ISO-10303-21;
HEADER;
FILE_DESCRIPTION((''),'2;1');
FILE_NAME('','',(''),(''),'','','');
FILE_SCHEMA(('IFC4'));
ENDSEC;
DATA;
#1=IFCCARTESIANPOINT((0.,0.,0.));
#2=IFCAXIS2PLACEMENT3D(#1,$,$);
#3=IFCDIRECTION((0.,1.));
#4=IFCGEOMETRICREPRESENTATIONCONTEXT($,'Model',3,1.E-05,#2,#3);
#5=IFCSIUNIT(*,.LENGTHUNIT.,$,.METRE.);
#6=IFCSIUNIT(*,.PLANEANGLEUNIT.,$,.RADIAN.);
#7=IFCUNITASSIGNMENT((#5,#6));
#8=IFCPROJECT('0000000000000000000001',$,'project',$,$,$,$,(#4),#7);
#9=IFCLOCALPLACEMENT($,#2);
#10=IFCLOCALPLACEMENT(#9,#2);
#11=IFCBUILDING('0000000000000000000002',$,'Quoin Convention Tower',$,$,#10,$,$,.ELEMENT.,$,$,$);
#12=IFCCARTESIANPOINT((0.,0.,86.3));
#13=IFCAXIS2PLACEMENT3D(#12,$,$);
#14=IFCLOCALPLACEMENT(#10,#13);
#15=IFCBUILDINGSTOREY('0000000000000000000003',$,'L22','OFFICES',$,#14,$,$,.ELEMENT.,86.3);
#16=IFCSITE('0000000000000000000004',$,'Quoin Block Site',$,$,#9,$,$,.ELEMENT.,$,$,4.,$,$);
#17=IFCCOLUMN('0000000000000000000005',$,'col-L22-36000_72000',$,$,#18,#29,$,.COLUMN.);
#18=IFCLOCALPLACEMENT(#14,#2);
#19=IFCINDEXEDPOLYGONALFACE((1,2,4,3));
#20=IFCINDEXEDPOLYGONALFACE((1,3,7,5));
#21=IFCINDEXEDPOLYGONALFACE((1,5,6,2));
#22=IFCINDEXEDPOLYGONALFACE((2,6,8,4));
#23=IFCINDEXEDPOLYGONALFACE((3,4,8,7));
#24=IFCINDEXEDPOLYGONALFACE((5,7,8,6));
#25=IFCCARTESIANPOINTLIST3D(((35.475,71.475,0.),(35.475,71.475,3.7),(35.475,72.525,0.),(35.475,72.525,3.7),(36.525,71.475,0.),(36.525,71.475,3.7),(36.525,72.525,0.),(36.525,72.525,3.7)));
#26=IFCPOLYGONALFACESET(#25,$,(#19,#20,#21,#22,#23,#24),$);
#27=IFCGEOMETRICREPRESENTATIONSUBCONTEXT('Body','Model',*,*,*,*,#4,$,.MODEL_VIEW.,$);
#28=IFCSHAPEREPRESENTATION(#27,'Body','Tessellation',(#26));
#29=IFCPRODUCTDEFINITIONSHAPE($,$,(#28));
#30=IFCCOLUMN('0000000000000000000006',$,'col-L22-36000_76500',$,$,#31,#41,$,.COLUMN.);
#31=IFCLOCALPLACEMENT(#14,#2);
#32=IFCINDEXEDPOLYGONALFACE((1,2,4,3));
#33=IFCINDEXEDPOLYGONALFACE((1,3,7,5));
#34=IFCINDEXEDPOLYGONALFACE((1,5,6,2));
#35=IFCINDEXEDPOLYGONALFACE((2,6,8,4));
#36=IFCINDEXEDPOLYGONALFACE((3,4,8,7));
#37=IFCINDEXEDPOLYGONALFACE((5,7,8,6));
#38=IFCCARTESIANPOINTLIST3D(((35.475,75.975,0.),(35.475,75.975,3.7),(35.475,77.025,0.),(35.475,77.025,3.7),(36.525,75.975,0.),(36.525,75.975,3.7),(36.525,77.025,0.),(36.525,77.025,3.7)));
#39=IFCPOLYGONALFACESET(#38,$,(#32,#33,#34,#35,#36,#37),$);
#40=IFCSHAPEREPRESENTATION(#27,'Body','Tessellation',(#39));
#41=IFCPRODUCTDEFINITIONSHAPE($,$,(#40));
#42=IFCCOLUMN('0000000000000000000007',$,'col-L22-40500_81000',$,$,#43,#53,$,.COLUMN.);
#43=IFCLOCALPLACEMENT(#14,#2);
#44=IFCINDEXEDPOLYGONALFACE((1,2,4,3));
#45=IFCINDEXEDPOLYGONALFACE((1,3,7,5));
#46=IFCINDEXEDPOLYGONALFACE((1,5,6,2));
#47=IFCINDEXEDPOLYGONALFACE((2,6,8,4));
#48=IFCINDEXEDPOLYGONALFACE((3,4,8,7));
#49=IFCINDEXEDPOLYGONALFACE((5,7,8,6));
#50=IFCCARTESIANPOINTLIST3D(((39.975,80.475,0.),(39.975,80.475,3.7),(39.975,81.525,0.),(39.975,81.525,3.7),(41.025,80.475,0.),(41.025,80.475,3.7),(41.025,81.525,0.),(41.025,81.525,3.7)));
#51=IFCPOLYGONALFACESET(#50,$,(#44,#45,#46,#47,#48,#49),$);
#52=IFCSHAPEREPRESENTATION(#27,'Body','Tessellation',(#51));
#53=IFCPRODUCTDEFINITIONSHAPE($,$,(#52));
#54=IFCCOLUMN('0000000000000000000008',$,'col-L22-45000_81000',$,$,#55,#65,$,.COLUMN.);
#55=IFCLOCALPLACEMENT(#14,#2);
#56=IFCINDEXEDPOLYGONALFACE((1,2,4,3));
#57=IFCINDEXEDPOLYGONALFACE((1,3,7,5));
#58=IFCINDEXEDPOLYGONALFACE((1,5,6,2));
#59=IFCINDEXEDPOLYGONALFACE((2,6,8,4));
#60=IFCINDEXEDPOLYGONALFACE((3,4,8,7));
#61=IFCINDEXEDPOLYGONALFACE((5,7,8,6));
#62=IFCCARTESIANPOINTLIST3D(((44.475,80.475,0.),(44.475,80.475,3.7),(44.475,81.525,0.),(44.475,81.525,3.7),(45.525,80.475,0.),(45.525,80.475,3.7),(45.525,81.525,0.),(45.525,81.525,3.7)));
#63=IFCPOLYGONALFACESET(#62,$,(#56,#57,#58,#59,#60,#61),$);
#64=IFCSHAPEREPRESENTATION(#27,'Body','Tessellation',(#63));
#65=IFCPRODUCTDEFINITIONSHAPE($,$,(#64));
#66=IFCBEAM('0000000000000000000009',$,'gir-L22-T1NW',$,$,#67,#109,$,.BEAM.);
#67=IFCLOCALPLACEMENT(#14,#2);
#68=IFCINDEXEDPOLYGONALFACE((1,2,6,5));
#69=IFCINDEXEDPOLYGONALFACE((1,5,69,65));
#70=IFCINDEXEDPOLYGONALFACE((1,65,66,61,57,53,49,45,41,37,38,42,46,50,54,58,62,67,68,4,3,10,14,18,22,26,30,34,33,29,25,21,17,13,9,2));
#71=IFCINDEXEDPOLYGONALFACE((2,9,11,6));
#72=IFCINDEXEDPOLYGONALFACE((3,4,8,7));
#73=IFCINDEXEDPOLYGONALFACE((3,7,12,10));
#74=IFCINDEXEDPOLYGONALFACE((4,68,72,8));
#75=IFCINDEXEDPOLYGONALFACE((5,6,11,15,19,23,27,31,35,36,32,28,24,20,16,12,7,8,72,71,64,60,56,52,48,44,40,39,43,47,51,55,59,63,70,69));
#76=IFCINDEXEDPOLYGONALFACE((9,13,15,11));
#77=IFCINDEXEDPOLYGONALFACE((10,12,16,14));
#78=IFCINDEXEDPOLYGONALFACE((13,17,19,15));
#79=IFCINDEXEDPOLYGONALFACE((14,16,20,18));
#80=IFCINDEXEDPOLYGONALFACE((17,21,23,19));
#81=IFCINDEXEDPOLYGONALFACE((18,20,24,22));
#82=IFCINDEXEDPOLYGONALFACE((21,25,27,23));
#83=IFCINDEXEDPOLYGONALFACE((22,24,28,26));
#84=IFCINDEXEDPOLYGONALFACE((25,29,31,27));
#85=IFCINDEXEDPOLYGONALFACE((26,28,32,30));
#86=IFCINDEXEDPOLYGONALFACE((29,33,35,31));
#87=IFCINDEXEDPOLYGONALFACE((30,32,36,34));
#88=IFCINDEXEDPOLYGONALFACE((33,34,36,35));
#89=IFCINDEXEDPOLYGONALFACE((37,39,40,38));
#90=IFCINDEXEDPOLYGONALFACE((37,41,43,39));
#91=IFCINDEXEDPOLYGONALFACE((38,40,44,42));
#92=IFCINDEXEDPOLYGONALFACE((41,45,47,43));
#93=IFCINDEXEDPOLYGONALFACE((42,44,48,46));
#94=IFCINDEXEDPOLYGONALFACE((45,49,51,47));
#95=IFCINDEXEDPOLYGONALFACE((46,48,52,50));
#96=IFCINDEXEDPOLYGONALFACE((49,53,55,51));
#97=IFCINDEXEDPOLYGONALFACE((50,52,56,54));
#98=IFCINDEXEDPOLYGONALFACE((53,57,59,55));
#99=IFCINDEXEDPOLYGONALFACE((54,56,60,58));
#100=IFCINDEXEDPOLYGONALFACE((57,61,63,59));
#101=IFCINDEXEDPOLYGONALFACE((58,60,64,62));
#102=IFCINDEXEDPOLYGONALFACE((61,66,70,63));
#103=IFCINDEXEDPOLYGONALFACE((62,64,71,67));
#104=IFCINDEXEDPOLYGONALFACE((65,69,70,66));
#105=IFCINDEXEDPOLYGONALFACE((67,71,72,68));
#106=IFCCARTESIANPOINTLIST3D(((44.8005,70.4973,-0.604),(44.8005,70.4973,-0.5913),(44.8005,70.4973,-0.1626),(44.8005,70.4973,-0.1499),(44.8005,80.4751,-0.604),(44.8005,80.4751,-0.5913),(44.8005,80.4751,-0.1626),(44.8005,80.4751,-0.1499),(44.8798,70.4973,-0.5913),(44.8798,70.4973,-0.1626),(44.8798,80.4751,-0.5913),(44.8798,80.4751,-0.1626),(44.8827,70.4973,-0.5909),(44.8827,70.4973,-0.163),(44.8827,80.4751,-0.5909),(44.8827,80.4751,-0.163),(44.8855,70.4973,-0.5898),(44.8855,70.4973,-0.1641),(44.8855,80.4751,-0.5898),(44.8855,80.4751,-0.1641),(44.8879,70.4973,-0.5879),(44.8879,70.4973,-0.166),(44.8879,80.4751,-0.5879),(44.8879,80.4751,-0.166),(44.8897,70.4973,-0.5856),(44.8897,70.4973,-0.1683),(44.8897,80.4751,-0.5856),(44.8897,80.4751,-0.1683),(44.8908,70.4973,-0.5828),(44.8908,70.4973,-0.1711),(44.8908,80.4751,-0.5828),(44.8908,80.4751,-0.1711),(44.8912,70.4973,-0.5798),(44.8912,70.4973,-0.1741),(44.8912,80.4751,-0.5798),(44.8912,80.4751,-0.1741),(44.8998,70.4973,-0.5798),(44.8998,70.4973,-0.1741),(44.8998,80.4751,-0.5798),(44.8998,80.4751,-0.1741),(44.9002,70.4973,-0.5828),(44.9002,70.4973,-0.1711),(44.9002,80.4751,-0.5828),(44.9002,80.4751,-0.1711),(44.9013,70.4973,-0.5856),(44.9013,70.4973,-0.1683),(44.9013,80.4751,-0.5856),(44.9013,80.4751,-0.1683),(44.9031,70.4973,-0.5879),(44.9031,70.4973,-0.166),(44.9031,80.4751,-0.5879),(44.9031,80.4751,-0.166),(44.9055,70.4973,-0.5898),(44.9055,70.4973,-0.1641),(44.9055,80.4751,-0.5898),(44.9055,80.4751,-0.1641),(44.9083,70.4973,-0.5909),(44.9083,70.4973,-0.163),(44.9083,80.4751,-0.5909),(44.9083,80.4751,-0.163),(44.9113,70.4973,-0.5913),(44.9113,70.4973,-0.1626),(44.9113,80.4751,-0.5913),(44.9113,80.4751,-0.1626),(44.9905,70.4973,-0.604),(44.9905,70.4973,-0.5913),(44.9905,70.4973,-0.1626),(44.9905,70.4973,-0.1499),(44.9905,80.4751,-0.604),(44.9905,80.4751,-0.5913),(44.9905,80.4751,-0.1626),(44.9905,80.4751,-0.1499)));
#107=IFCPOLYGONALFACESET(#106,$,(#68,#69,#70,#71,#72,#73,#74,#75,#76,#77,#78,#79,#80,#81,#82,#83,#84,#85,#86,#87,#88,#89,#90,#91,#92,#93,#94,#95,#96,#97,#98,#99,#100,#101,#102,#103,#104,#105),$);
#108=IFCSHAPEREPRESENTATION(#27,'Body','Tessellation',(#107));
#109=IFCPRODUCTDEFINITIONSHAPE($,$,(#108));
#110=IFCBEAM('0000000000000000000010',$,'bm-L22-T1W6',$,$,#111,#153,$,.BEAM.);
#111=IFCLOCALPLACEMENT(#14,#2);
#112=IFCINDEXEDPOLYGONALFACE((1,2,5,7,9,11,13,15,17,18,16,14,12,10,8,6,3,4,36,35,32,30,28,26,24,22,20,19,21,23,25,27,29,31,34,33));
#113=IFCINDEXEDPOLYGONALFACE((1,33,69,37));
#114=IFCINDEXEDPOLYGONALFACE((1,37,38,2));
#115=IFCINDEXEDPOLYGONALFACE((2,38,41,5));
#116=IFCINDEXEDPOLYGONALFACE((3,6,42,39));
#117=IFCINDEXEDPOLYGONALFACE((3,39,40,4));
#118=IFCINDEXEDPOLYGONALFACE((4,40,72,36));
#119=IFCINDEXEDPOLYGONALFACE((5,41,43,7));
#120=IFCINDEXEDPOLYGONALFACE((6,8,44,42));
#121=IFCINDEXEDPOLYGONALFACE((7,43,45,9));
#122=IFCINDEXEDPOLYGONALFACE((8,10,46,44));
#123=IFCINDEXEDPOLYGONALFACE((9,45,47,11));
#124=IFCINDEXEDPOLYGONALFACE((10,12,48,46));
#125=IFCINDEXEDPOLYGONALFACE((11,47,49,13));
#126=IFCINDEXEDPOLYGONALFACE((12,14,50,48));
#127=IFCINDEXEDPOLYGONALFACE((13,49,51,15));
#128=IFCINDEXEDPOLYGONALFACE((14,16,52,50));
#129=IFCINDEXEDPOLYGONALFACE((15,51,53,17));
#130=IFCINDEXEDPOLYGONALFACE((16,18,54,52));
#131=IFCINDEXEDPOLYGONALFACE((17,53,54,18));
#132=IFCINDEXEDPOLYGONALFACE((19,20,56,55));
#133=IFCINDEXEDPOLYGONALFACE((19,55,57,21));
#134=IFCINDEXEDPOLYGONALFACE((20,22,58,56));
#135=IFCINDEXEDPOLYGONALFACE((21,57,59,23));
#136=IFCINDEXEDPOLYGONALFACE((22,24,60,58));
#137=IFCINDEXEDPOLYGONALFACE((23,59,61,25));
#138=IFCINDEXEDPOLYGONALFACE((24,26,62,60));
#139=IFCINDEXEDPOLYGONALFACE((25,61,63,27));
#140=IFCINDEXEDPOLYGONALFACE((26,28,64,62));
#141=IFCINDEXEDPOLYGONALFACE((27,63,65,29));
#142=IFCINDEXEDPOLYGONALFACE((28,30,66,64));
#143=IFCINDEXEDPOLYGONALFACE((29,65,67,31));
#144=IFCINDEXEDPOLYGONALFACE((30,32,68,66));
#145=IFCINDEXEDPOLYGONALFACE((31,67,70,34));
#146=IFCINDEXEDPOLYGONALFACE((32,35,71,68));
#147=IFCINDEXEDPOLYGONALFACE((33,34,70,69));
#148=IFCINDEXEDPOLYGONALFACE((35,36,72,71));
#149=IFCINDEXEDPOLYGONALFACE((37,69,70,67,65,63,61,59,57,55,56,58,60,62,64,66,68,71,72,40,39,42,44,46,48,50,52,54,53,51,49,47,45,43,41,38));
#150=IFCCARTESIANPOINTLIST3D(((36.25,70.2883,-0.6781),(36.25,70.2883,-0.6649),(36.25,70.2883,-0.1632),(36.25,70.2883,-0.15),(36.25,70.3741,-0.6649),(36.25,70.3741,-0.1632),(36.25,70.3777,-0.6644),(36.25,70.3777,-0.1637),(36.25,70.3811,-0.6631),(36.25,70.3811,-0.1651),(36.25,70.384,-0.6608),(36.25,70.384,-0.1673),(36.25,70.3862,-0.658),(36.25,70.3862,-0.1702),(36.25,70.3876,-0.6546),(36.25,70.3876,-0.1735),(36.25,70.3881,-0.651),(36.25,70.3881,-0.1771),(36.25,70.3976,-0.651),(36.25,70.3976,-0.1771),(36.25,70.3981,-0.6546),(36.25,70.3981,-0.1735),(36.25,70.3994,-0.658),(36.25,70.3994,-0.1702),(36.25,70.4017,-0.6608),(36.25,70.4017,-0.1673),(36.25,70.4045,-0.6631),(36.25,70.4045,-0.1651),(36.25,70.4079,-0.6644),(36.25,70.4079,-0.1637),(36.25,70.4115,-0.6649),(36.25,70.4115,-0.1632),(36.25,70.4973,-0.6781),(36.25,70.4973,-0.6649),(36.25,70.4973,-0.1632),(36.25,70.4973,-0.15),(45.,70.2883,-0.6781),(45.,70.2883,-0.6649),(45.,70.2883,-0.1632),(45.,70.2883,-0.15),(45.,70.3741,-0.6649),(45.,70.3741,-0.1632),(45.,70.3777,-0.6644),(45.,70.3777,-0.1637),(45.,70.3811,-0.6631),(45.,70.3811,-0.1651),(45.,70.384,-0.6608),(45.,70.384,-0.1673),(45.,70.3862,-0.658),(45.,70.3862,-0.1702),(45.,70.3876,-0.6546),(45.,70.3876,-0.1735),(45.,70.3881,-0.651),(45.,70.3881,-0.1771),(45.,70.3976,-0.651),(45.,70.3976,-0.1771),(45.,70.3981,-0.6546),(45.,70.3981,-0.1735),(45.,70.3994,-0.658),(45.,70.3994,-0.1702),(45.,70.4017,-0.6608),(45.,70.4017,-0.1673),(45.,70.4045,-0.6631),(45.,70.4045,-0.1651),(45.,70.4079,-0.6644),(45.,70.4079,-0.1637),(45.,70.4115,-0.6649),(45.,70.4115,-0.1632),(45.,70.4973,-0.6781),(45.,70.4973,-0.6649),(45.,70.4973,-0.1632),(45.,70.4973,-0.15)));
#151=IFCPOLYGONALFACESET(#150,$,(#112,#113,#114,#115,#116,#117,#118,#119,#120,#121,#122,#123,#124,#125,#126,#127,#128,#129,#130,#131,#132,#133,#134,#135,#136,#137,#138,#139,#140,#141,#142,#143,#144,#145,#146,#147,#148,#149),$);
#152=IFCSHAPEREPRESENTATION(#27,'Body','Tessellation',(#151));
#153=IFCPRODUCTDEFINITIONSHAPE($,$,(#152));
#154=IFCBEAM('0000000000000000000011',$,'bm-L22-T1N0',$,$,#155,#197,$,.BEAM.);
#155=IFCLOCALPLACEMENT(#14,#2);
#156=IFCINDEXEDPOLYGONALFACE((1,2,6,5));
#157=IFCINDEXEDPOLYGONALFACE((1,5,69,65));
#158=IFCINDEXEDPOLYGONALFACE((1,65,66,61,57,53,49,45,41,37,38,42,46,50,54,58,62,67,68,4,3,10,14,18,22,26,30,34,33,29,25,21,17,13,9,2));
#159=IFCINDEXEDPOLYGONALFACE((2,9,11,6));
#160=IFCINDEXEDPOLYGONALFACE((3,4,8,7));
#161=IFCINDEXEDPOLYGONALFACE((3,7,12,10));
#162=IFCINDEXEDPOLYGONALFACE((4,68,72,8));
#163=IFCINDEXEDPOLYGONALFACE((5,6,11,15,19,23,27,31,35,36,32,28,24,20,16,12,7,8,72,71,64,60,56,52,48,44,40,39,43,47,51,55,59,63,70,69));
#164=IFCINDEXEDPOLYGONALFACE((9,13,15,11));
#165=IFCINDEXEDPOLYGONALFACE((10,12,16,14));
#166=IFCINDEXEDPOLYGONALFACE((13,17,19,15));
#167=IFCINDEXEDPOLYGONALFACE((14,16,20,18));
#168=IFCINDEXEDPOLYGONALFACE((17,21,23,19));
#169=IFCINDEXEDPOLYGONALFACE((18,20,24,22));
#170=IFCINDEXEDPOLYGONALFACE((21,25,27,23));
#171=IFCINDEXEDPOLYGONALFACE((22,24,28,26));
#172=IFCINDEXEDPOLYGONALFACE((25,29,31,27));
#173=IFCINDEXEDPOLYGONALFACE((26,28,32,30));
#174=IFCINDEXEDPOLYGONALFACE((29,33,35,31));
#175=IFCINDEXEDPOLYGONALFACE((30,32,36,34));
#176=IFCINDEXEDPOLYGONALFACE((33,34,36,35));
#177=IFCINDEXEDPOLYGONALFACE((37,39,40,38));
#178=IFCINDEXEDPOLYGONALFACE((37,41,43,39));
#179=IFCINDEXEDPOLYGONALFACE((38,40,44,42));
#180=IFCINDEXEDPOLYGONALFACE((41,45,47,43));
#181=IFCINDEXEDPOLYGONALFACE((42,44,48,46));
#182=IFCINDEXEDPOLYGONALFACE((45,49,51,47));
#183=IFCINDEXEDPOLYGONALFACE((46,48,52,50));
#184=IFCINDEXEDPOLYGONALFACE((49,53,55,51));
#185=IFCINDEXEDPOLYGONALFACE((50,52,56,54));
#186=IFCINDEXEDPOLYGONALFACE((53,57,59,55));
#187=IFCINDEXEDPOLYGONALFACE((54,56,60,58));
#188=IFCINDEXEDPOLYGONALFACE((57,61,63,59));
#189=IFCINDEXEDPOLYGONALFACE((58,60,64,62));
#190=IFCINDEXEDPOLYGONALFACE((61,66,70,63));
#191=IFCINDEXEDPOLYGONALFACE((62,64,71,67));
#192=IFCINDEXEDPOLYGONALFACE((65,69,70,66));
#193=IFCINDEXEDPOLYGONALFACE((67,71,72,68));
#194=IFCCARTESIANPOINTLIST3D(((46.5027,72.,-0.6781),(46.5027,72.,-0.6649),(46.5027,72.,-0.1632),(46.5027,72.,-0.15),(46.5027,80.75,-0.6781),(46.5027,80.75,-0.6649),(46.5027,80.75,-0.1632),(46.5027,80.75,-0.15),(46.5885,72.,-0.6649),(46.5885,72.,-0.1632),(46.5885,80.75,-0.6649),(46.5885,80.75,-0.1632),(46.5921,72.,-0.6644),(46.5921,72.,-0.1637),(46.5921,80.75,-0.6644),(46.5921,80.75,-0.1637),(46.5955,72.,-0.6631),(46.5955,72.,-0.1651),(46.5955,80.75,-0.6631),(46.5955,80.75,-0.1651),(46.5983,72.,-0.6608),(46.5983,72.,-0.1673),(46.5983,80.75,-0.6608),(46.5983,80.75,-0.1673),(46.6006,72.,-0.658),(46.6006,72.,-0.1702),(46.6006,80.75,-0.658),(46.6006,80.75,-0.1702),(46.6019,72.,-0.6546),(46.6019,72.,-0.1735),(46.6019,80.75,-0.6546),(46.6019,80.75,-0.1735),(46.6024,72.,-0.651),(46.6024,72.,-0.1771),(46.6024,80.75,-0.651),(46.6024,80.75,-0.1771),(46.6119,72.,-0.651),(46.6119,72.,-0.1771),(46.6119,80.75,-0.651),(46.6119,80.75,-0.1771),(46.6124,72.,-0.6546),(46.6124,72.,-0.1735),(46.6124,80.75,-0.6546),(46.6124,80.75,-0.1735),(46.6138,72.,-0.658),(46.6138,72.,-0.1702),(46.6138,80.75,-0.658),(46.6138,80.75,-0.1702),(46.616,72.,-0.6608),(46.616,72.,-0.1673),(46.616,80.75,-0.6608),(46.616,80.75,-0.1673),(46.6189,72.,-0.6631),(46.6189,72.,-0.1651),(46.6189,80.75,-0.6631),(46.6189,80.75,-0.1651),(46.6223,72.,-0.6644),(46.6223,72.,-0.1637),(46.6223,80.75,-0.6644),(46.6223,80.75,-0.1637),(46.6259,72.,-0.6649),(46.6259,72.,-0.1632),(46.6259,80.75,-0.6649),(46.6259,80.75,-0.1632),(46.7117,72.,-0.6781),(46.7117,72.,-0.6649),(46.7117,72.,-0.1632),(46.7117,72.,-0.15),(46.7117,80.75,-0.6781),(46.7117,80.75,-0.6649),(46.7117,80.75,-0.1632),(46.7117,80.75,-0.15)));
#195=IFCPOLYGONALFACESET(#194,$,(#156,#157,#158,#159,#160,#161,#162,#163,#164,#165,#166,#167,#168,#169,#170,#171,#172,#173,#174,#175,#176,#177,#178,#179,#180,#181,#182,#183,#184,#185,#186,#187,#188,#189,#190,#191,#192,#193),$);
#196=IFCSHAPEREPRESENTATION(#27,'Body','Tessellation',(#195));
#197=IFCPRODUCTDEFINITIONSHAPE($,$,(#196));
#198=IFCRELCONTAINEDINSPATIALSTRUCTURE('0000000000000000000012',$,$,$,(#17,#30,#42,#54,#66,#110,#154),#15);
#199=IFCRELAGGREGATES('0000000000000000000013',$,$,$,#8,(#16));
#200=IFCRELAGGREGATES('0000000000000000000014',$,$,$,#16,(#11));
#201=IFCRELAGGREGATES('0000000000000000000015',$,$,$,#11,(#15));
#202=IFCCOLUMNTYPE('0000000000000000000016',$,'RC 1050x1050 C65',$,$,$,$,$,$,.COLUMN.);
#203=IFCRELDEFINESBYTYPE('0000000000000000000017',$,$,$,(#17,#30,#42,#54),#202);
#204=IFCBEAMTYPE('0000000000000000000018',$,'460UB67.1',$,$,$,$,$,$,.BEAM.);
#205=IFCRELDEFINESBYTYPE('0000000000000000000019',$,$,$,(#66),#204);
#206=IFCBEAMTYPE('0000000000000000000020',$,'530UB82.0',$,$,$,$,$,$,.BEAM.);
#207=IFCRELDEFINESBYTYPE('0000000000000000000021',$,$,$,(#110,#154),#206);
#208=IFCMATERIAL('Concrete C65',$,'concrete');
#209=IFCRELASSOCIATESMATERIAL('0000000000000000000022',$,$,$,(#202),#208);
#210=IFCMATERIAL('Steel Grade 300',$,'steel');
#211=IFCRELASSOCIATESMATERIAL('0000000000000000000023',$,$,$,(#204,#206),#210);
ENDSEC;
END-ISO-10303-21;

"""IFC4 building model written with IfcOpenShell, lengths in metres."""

from ifc_helpers import new_model, si_unit, direction, frame, origin, origin_2d, place, context, subcontext, project, spatial, rectangle, i_section, extrude, material, material_profile, profile_set, type_object, element, save


model = new_model("IFC4")

# Units and contexts
model_context = context("Model", 3, precision=1e-05, world=origin(), true_north=direction((0.0, 1.0)))
body_context = subcontext(model_context, "Body", "Model", "MODEL_VIEW")
ifc_project = project(units=[si_unit("LENGTHUNIT", "METRE"), si_unit("PLANEANGLEUNIT", "RADIAN")], contexts=[model_context])

# Site, building, storey
site_placement = place(None, origin())
site = spatial("IfcSite", under=ifc_project, at=site_placement, Name="Quoin Block Site", CompositionType="ELEMENT", RefElevation=4.0)
building_placement = place(site_placement, origin())
building = spatial("IfcBuilding", under=site, at=building_placement, Name="Quoin Convention Tower", CompositionType="ELEMENT")
storey_placement = place(building_placement, frame((0.0, 0.0, 86.3)))
storey = spatial("IfcBuildingStorey", under=building, at=storey_placement, Name="L22", Description="OFFICES", CompositionType="ELEMENT", Elevation=86.3)

# Columns
ifc_material_1 = material(Name="Concrete C65", Category="concrete")
ifc_material_profile_1 = material_profile(ifc_material_1, rectangle(XDim=1.05, YDim=1.05, at=origin_2d()), Name="RC 1050x1050")
ifc_profile_set_1 = profile_set([ifc_material_profile_1], Name="Concrete C65")
column_type = type_object("IfcColumnType", Name="RC 1050x1050 C65", PredefinedType="COLUMN", material=ifc_profile_set_1)
for number, where, z_axis, x_axis, name in (
    (1, (36.0, 72.0, 0.0), (0.0, 0.0, 1.0), (1.0, 0.0, 0.0), "col-L22-36000_72000"),
    (2, (36.0, 76.5, 0.0), (0.0, 0.0, 1.0), (1.0, 0.0, 0.0), "col-L22-36000_76500"),
    (3, (40.5, 81.0, 0.0), (0.0, 0.0, 1.0), (1.0, 0.0, 0.0), "col-L22-40500_81000"),
    (4, (45.0, 81.0, 0.0), (0.0, 0.0, 1.0), (1.0, 0.0, 0.0), "col-L22-45000_81000"),
):
    element("IfcColumn", number, at=place(storey_placement, frame(where, z_axis=z_axis, x_axis=x_axis)), inside=storey, type_object=column_type, Name=name, PredefinedType="COLUMN", context=body_context, shape_type="SweptSolid", body=[
        extrude(rectangle(XDim=1.05, YDim=1.05, at=origin_2d()), origin(), (0.0, 0.0, 1.0), 3.7),
    ])

# Beams
ifc_material_2 = material(Name="Steel Grade 300", Category="steel")
ifc_material_profile_2 = material_profile(ifc_material_2, i_section(OverallWidth=0.1899, OverallDepth=0.4541, WebThickness=0.0085, FlangeThickness=0.0127, FilletRadius=0.0115, at=origin_2d()), Name="460UB67.1")
ifc_profile_set_2 = profile_set([ifc_material_profile_2], Name="Steel Grade 300")
beam_type_1 = type_object("IfcBeamType", Name="460UB67.1", PredefinedType="BEAM", material=ifc_profile_set_2)
beam_1_placement = place(storey_placement, frame((44.8955, 80.4751, -0.377), z_axis=(0.0, -1.0, 0.0), x_axis=(1.0, 0.0, 0.0)))
element("IfcBeam", 5, at=beam_1_placement, inside=storey, type_object=beam_type_1, Name="gir-L22-T1NW", PredefinedType="BEAM", context=body_context, shape_type="SweptSolid", body=[
    extrude(i_section(OverallWidth=0.1899, OverallDepth=0.4541, WebThickness=0.0085, FlangeThickness=0.0127, FilletRadius=0.0115, at=origin_2d()), origin(), (0.0, 0.0, 1.0), 9.9778),
])
ifc_material_profile_3 = material_profile(ifc_material_2, i_section(OverallWidth=0.209, OverallDepth=0.5281, WebThickness=0.0095, FlangeThickness=0.0132, FilletRadius=0.0139, at=origin_2d()), Name="530UB82.0")
ifc_profile_set_3 = profile_set([ifc_material_profile_3], Name="Steel Grade 300")
beam_type_2 = type_object("IfcBeamType", Name="530UB82.0", PredefinedType="BEAM", material=ifc_profile_set_3)
for number, where, z_axis, x_axis, name in (
    (6, (36.25, 70.3928, -0.4141), (1.0, 0.0, 0.0), (0.0, 1.0, 0.0), "bm-L22-T1W6"),
    (7, (46.6072, 72.0, -0.4141), (0.0, 1.0, 0.0), (-1.0, 0.0, 0.0), "bm-L22-T1N0"),
):
    element("IfcBeam", number, at=place(storey_placement, frame(where, z_axis=z_axis, x_axis=x_axis)), inside=storey, type_object=beam_type_2, Name=name, PredefinedType="BEAM", context=body_context, shape_type="SweptSolid", body=[
        extrude(i_section(OverallWidth=0.209, OverallDepth=0.5281, WebThickness=0.0095, FlangeThickness=0.0132, FilletRadius=0.0139, at=origin_2d()), origin(), (0.0, 0.0, 1.0), 8.75),
    ])

save(model, "model.ifc")
